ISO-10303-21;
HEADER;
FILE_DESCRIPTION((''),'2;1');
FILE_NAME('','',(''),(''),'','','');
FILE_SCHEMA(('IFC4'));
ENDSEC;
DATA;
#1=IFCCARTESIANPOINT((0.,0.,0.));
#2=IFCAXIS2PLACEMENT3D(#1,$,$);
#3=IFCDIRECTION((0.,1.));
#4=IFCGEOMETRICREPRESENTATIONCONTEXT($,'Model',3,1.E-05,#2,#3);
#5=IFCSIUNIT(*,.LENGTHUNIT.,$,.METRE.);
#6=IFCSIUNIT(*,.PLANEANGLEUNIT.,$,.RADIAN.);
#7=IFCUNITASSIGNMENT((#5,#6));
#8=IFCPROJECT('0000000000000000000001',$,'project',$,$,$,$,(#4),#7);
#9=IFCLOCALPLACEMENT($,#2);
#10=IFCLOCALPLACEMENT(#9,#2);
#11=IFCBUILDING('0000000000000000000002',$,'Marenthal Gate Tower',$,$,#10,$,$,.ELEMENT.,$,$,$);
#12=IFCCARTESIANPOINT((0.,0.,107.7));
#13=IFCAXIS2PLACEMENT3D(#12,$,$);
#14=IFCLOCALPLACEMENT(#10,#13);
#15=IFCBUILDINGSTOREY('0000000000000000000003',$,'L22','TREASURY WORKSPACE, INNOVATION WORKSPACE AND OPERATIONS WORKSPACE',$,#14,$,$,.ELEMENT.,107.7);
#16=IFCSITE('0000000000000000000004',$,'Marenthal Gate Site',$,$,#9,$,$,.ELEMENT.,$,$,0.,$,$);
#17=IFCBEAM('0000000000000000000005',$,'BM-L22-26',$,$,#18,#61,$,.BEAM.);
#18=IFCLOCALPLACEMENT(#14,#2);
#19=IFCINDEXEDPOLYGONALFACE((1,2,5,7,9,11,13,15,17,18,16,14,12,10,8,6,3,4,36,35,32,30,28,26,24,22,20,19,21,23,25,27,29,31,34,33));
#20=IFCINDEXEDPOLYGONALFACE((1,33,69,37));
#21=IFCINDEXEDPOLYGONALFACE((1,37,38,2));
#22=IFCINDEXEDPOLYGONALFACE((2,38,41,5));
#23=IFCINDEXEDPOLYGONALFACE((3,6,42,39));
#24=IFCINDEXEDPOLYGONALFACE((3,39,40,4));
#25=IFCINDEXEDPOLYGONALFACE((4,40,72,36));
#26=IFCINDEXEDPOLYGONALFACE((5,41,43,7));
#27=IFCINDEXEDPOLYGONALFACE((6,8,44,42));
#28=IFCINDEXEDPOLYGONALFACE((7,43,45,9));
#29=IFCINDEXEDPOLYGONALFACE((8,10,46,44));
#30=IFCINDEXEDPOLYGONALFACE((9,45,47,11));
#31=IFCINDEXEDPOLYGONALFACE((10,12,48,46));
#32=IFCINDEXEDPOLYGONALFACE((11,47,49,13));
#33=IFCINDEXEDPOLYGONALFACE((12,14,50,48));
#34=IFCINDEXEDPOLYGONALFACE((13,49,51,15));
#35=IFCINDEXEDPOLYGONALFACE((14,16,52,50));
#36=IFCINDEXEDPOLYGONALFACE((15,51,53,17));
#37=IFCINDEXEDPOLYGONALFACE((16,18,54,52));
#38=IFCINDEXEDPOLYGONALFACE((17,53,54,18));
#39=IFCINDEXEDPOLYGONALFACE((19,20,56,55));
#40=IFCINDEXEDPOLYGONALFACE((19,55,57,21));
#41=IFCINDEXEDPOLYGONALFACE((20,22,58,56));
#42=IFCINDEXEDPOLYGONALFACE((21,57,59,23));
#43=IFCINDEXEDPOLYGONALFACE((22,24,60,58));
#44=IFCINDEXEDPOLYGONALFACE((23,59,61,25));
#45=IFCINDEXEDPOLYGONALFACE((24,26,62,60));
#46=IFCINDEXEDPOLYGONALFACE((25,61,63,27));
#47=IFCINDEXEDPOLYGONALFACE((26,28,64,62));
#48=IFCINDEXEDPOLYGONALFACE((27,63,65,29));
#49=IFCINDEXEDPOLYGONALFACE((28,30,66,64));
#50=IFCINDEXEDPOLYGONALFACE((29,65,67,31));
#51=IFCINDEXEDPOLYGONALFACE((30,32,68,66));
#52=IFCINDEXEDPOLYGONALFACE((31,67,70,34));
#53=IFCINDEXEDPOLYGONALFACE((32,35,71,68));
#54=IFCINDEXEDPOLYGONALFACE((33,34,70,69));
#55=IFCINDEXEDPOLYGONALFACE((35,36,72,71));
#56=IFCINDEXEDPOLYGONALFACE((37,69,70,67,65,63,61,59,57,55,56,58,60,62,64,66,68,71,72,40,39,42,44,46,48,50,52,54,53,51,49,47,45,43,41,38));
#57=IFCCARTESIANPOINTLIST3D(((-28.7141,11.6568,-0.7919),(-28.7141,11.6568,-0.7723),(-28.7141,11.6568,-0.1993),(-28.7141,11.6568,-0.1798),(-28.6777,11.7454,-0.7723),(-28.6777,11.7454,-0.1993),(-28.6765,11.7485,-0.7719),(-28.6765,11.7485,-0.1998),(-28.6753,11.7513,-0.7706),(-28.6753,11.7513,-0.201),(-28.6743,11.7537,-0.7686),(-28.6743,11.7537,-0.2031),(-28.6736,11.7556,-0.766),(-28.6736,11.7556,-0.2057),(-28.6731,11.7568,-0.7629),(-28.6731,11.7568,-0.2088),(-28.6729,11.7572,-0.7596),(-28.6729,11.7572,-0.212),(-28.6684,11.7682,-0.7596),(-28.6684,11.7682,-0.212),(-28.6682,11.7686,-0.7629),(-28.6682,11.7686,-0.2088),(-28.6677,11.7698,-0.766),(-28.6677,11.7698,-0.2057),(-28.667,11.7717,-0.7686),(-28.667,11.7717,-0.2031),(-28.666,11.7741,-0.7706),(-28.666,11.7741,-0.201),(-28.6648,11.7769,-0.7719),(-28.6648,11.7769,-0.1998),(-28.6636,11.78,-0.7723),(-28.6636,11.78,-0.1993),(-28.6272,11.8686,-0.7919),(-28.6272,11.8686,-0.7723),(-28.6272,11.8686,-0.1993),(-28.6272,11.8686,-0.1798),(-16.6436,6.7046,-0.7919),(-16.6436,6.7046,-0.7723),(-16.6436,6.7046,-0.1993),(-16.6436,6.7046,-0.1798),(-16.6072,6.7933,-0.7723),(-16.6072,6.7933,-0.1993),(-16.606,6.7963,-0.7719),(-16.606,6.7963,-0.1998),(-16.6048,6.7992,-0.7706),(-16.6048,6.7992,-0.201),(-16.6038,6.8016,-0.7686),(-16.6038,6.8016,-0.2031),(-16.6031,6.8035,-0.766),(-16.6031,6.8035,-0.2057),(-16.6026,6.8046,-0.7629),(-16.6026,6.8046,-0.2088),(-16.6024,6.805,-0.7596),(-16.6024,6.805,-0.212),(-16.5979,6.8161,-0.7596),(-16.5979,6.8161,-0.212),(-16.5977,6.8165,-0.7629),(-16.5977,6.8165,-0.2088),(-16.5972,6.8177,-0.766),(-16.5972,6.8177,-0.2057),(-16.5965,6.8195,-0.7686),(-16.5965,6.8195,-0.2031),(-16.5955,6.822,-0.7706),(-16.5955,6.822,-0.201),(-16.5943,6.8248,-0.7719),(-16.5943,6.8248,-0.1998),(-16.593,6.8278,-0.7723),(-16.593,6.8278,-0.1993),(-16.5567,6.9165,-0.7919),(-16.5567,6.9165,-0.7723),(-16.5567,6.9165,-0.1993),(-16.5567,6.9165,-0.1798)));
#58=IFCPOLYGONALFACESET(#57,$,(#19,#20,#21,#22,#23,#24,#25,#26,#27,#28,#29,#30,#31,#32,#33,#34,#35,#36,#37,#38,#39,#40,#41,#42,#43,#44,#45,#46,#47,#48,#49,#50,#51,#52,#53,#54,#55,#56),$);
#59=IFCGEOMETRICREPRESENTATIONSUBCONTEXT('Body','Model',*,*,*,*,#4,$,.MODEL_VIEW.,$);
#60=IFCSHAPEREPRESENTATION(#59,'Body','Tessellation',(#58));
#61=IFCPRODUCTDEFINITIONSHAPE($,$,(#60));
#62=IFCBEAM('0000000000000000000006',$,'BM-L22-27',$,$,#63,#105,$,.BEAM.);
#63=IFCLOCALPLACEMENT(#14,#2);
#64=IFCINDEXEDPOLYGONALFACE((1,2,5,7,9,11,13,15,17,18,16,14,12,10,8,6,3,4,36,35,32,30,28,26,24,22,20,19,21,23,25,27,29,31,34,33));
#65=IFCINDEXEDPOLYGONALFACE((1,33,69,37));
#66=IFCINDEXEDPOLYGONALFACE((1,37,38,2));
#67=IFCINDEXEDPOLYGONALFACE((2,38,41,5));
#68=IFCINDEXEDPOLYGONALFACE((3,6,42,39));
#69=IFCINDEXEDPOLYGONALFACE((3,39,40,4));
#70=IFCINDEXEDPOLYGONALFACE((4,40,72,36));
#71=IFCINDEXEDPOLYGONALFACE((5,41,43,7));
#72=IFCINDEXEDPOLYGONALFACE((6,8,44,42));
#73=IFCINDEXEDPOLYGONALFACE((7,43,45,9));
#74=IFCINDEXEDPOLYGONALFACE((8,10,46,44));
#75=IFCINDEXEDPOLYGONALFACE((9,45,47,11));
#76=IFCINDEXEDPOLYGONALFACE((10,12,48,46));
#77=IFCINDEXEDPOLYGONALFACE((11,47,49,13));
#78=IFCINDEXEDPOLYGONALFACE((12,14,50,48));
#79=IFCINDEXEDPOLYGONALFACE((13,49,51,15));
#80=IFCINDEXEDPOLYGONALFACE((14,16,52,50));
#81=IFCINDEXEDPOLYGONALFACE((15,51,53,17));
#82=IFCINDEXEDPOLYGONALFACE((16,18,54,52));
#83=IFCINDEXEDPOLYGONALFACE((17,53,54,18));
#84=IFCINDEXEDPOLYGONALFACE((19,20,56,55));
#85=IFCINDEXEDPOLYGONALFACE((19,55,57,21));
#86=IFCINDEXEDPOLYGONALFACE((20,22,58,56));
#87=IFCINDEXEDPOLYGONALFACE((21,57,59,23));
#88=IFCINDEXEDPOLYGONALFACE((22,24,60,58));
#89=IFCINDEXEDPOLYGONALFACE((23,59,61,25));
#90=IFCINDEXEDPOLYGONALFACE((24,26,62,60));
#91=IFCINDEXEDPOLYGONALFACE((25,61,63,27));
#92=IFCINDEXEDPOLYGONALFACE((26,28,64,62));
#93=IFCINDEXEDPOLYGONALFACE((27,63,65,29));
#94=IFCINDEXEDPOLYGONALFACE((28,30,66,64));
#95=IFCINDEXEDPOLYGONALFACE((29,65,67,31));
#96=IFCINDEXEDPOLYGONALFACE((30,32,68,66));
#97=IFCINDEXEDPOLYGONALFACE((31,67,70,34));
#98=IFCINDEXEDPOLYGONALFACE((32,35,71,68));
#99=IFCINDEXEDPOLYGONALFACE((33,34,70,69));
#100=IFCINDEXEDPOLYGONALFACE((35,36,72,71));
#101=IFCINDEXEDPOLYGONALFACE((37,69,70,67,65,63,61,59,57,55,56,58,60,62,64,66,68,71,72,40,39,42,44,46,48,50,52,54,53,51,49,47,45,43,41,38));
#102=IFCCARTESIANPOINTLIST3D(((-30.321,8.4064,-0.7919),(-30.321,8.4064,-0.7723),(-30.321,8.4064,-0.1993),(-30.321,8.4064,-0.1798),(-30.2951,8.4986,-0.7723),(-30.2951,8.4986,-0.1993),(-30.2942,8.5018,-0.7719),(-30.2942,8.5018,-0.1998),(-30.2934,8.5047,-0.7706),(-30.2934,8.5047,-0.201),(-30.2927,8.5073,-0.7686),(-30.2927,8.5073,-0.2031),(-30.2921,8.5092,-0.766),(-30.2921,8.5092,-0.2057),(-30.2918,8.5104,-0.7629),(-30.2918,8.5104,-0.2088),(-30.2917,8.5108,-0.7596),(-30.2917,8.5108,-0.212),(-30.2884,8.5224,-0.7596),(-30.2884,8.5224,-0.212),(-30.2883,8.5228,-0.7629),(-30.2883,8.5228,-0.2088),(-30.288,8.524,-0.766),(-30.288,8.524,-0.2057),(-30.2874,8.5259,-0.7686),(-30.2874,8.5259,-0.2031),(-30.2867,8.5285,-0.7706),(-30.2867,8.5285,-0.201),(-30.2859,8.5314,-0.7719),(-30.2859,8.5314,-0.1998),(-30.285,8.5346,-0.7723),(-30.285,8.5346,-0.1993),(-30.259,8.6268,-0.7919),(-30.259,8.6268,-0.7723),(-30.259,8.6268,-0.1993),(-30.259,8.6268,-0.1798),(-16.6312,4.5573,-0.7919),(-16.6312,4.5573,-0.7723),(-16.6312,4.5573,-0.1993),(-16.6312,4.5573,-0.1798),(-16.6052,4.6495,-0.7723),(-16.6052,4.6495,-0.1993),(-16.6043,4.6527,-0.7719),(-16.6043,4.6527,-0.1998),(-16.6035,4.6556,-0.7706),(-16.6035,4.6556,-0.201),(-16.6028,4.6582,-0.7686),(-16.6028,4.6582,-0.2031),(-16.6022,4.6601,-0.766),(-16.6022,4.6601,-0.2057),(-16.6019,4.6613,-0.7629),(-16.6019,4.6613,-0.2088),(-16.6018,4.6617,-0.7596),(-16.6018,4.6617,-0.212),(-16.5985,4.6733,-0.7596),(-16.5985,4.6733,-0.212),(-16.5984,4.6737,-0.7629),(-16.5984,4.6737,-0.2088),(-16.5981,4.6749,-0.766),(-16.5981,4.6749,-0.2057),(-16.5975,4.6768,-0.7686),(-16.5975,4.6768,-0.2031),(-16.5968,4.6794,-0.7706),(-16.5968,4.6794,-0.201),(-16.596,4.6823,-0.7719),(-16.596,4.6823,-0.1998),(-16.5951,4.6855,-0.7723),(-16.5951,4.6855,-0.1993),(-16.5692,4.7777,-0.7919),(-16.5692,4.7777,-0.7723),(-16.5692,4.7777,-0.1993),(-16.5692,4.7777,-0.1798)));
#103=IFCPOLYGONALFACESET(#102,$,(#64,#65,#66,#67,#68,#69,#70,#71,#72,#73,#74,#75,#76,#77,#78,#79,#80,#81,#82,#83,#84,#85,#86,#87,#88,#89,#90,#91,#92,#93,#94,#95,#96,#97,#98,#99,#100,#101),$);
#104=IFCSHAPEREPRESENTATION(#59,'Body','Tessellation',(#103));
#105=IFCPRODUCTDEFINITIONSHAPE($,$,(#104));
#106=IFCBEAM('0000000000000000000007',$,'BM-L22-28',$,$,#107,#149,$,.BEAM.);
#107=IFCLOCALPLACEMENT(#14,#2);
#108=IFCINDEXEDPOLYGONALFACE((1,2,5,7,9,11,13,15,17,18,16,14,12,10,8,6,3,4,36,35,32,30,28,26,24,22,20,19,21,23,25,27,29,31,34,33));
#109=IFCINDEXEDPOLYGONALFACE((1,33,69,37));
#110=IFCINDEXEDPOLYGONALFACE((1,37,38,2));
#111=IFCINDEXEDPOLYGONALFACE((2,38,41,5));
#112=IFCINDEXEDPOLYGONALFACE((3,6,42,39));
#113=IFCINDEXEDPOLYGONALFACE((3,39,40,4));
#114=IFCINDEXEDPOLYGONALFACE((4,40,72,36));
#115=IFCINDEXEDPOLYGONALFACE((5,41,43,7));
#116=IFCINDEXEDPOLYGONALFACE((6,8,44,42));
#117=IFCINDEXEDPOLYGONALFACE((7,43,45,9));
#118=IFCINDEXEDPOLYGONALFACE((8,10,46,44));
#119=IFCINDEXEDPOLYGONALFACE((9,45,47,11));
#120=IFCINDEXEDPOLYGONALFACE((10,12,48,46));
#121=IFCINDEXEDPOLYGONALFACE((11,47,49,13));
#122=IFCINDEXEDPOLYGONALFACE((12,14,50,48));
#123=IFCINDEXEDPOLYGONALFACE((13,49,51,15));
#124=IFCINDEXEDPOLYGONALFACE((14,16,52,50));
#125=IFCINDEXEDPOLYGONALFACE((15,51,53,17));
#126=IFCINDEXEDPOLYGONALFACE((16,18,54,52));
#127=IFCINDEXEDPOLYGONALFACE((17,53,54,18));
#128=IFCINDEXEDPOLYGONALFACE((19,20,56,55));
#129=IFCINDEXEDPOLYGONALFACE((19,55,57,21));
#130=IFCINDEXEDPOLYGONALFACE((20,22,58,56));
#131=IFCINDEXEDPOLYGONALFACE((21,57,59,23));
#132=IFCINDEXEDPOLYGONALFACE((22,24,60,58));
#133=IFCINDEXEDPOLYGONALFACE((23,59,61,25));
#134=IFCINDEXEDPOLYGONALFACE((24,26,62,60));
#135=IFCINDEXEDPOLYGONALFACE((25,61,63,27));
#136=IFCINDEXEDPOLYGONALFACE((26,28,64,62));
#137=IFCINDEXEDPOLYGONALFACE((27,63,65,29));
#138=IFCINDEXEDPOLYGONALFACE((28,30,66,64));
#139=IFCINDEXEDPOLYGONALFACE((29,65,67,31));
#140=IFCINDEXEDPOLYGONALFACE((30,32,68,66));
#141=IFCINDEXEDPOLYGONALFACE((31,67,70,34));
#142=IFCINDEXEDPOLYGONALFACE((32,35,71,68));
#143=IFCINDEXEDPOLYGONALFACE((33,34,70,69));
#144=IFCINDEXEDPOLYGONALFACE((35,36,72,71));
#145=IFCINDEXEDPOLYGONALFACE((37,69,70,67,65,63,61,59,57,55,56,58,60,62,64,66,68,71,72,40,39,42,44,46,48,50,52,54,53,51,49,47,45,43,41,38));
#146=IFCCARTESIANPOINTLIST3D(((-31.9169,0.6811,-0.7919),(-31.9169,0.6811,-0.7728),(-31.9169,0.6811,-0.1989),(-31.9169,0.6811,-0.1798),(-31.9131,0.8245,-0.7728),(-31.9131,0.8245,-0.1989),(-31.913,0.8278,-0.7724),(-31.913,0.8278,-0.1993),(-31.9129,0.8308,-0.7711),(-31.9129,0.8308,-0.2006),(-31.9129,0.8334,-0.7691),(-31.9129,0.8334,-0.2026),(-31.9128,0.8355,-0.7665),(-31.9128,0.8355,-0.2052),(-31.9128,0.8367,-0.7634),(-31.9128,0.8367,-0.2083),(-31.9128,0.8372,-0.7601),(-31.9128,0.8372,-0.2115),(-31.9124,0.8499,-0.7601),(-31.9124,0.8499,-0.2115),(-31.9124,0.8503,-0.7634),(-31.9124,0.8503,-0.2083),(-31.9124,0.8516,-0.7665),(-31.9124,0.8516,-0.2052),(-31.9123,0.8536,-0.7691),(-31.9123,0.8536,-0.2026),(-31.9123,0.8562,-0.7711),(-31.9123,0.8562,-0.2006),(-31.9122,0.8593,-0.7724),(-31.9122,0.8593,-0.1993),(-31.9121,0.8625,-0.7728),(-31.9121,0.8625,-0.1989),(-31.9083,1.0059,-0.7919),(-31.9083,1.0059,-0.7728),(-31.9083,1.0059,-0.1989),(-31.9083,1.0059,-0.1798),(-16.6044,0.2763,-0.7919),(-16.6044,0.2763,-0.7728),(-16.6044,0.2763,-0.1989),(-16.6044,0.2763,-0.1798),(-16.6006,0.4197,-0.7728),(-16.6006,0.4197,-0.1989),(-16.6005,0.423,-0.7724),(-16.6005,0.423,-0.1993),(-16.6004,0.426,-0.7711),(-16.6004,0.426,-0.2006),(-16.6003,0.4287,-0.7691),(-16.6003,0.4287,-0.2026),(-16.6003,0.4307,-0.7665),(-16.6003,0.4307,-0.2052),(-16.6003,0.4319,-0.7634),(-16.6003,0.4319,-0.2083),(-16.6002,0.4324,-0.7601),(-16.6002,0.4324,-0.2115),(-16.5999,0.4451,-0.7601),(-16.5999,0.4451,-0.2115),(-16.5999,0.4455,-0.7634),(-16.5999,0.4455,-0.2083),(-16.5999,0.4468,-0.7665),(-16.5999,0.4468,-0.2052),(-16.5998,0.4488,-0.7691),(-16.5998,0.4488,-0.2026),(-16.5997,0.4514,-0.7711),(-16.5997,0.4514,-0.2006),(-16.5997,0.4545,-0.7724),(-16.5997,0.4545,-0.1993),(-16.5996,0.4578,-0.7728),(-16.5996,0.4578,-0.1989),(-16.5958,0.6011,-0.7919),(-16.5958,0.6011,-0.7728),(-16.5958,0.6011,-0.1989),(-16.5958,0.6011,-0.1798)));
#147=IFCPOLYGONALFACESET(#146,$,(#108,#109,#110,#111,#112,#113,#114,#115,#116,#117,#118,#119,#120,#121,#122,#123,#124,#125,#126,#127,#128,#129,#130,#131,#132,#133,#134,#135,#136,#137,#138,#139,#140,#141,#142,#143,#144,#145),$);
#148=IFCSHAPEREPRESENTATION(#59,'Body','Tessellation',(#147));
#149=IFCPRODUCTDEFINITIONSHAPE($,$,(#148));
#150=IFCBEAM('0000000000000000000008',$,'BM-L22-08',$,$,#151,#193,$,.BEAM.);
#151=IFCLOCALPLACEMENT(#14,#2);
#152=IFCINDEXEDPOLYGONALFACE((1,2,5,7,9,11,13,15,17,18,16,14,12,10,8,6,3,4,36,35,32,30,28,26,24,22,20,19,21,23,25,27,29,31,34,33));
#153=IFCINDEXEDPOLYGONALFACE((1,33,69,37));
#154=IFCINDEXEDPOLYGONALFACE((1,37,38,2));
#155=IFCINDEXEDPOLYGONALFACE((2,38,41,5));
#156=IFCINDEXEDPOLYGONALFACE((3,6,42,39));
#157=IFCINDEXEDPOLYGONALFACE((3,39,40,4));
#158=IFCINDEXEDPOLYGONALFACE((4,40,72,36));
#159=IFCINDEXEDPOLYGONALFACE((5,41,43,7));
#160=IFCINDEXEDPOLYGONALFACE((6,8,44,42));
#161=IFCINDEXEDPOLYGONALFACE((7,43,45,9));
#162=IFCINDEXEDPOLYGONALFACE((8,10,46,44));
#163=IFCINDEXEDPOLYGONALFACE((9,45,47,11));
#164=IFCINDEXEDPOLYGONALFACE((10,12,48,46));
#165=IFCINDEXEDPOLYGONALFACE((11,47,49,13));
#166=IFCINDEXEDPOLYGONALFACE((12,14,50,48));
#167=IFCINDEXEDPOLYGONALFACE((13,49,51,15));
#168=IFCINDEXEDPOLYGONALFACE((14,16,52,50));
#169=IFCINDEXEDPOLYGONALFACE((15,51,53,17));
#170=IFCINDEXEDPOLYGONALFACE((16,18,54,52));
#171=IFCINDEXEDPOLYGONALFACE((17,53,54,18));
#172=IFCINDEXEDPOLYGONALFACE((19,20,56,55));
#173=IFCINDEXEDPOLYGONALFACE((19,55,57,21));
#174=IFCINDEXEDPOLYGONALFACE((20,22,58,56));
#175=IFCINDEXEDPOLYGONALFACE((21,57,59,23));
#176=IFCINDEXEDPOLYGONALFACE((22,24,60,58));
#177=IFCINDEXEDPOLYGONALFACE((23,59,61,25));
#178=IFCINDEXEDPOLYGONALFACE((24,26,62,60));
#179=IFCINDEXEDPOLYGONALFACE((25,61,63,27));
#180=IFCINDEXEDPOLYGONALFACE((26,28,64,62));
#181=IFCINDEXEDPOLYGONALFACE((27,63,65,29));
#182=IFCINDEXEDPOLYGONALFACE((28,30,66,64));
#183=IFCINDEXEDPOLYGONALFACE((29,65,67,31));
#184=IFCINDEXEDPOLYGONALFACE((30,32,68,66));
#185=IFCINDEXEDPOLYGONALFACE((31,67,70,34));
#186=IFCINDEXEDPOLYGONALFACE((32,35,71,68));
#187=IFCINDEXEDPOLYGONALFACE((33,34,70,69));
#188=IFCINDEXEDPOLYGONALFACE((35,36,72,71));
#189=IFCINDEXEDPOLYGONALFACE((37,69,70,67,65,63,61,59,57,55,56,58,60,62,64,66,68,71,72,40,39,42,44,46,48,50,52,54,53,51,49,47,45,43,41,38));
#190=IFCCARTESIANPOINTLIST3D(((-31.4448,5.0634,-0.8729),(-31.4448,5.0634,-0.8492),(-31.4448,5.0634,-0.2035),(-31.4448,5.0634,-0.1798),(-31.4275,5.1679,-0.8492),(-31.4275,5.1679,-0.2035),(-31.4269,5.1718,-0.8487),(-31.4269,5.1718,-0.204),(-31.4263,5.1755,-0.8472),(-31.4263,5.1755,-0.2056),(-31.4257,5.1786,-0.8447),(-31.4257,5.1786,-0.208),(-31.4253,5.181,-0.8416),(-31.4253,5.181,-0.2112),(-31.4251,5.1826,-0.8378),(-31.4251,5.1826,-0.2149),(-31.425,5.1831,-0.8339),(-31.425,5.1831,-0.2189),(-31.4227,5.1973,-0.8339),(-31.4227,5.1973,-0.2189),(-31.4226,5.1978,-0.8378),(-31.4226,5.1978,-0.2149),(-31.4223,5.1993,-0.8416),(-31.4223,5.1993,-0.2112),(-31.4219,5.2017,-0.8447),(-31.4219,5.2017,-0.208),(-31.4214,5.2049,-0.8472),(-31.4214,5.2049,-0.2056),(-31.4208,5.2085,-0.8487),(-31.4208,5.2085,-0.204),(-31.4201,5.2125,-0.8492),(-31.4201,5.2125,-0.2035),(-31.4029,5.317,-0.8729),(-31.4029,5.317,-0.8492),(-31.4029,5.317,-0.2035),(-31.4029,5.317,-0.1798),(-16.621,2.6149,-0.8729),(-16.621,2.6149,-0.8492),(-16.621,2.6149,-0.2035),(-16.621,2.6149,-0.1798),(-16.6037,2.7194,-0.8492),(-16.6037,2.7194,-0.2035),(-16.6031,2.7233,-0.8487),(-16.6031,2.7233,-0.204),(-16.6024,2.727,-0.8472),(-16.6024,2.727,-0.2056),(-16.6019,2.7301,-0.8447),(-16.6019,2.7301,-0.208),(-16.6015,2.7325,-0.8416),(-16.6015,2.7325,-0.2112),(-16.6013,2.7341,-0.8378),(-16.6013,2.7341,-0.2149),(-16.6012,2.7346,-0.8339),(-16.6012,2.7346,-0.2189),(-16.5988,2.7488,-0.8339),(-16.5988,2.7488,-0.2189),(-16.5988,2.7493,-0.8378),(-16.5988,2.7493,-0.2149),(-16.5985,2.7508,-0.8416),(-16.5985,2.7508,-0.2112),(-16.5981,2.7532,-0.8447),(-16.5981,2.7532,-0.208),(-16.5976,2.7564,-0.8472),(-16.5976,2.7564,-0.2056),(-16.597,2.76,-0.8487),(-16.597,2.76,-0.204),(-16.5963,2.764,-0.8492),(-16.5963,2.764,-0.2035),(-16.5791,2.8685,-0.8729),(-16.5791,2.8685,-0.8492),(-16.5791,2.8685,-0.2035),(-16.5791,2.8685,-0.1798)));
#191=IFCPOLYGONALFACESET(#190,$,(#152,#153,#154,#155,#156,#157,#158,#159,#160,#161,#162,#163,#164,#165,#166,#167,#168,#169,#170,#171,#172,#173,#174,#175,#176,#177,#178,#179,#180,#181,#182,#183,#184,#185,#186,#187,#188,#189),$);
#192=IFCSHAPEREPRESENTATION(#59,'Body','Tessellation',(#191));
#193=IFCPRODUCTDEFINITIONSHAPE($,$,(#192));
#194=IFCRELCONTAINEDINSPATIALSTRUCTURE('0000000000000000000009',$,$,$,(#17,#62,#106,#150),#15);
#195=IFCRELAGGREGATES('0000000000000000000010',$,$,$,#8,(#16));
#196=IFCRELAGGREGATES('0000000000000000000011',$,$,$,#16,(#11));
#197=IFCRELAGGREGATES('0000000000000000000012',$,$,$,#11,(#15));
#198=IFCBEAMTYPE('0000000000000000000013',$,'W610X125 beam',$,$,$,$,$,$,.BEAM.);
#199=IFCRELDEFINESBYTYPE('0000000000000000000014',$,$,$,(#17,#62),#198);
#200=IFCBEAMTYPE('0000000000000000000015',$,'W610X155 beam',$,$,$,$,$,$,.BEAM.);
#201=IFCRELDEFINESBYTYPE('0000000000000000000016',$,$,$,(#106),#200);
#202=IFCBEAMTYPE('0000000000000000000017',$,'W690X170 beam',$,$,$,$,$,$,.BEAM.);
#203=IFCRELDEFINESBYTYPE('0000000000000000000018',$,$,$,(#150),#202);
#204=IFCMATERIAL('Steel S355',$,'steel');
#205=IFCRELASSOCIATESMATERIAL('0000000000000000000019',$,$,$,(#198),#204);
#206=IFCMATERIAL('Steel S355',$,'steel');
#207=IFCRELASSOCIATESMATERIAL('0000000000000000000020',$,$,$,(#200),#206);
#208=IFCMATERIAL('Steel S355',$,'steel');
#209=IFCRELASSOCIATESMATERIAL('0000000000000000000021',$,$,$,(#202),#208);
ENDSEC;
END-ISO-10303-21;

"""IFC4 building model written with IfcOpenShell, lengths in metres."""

from ifc_helpers import new_model, si_unit, direction, frame, origin, origin_2d, place, context, subcontext, project, spatial, i_section, extrude, material, material_profile, profile_set, type_object, element, save


model = new_model("IFC4")

# Units and contexts
model_context = context("Model", 3, precision=1e-05, world=origin(), true_north=direction((0.0, 1.0)))
body_context = subcontext(model_context, "Body", "Model", "MODEL_VIEW")
ifc_project = project(units=[si_unit("LENGTHUNIT", "METRE"), si_unit("PLANEANGLEUNIT", "RADIAN")], contexts=[model_context])

# Site, building, storey
site_placement = place(None, origin())
site = spatial("IfcSite", under=ifc_project, at=site_placement, Name="Marenthal Gate Site", CompositionType="ELEMENT", RefElevation=0.0)
building_placement = place(site_placement, origin())
building = spatial("IfcBuilding", under=site, at=building_placement, Name="Marenthal Gate Tower", CompositionType="ELEMENT")
storey_placement = place(building_placement, frame((0.0, 0.0, 107.7)))
storey = spatial("IfcBuildingStorey", under=building, at=storey_placement, Name="L22", Description="TREASURY WORKSPACE, INNOVATION WORKSPACE AND OPERATIONS WORKSPACE", CompositionType="ELEMENT", Elevation=107.7)

# Beams
ifc_material_1 = material(Name="Steel S355", Category="steel")
ifc_material_profile_1 = material_profile(ifc_material_1, i_section(OverallWidth=0.229, OverallDepth=0.6121, WebThickness=0.012, FlangeThickness=0.0195, FilletRadius=0.0127, at=origin_2d()), Name="W610X125")
ifc_profile_set_1 = profile_set([ifc_material_profile_1], Name="Steel S355")
beam_type_1 = type_object("IfcBeamType", Name="W610X125 beam", PredefinedType="BEAM", material=ifc_profile_set_1)
beam_1_placement = place(storey_placement, frame((-28.6707, 11.7627, -0.4858), z_axis=(0.925165, -0.379565, 0.0), x_axis=(0.379565, 0.925165, 0.0)))
element("IfcBeam", 1, at=beam_1_placement, inside=storey, type_object=beam_type_1, Name="BM-L22-26", PredefinedType="BEAM", context=body_context, shape_type="SweptSolid", body=[
    extrude(i_section(OverallWidth=0.229, OverallDepth=0.6121, WebThickness=0.012, FlangeThickness=0.0195, FilletRadius=0.0127, at=origin_2d()), origin(), (0.0, 0.0, 1.0), 13.0469),
])
beam_2_placement = place(storey_placement, frame((-30.29, 8.5166, -0.4858), z_axis=(0.962672, -0.270669, 0.0), x_axis=(0.270669, 0.962672, 0.0)))
element("IfcBeam", 2, at=beam_2_placement, inside=storey, type_object=beam_type_1, Name="BM-L22-27", PredefinedType="BEAM", context=body_context, shape_type="SweptSolid", body=[
    extrude(i_section(OverallWidth=0.229, OverallDepth=0.6121, WebThickness=0.012, FlangeThickness=0.0195, FilletRadius=0.0127, at=origin_2d()), origin(), (0.0, 0.0, 1.0), 14.2207),
])
ifc_material_2 = material(Name="Steel S355", Category="steel")
ifc_material_profile_2 = material_profile(ifc_material_2, i_section(OverallWidth=0.325, OverallDepth=0.6121, WebThickness=0.0127, FlangeThickness=0.019, FilletRadius=0.0127, at=origin_2d()), Name="W610X155")
ifc_profile_set_2 = profile_set([ifc_material_profile_2], Name="Steel S355")
beam_type_2 = type_object("IfcBeamType", Name="W610X155 beam", PredefinedType="BEAM", material=ifc_profile_set_2)
beam_3_placement = place(storey_placement, frame((-31.9126, 0.8435, -0.4858), z_axis=(0.999651, -0.026426, 0.0), x_axis=(0.026426, 0.999651, 0.0)))
element("IfcBeam", 3, at=beam_3_placement, inside=storey, type_object=beam_type_2, Name="BM-L22-28", PredefinedType="BEAM", context=body_context, shape_type="SweptSolid", body=[
    extrude(i_section(OverallWidth=0.325, OverallDepth=0.6121, WebThickness=0.0127, FlangeThickness=0.019, FilletRadius=0.0127, at=origin_2d()), origin(), (0.0, 0.0, 1.0), 15.3179),
])
ifc_material_3 = material(Name="Steel S355", Category="steel")
ifc_material_profile_3 = material_profile(ifc_material_3, i_section(OverallWidth=0.2571, OverallDepth=0.6931, WebThickness=0.0144, FlangeThickness=0.0237, FilletRadius=0.0154, at=origin_2d()), Name="W690X170")
ifc_profile_set_3 = profile_set([ifc_material_profile_3], Name="Steel S355")
beam_type_3 = type_object("IfcBeamType", Name="W690X170 beam", PredefinedType="BEAM", material=ifc_profile_set_3)
beam_4_placement = place(storey_placement, frame((-31.4238, 5.1902, -0.5264), z_axis=(0.986632, -0.162965, 0.0), x_axis=(0.162965, 0.986632, 0.0)))
element("IfcBeam", 4, at=beam_4_placement, inside=storey, type_object=beam_type_3, Name="BM-L22-08", PredefinedType="BEAM", context=body_context, shape_type="SweptSolid", body=[
    extrude(i_section(OverallWidth=0.2571, OverallDepth=0.6931, WebThickness=0.0144, FlangeThickness=0.0237, FilletRadius=0.0154, at=origin_2d()), origin(), (0.0, 0.0, 1.0), 15.0247),
])

save(model, "model.ifc")
